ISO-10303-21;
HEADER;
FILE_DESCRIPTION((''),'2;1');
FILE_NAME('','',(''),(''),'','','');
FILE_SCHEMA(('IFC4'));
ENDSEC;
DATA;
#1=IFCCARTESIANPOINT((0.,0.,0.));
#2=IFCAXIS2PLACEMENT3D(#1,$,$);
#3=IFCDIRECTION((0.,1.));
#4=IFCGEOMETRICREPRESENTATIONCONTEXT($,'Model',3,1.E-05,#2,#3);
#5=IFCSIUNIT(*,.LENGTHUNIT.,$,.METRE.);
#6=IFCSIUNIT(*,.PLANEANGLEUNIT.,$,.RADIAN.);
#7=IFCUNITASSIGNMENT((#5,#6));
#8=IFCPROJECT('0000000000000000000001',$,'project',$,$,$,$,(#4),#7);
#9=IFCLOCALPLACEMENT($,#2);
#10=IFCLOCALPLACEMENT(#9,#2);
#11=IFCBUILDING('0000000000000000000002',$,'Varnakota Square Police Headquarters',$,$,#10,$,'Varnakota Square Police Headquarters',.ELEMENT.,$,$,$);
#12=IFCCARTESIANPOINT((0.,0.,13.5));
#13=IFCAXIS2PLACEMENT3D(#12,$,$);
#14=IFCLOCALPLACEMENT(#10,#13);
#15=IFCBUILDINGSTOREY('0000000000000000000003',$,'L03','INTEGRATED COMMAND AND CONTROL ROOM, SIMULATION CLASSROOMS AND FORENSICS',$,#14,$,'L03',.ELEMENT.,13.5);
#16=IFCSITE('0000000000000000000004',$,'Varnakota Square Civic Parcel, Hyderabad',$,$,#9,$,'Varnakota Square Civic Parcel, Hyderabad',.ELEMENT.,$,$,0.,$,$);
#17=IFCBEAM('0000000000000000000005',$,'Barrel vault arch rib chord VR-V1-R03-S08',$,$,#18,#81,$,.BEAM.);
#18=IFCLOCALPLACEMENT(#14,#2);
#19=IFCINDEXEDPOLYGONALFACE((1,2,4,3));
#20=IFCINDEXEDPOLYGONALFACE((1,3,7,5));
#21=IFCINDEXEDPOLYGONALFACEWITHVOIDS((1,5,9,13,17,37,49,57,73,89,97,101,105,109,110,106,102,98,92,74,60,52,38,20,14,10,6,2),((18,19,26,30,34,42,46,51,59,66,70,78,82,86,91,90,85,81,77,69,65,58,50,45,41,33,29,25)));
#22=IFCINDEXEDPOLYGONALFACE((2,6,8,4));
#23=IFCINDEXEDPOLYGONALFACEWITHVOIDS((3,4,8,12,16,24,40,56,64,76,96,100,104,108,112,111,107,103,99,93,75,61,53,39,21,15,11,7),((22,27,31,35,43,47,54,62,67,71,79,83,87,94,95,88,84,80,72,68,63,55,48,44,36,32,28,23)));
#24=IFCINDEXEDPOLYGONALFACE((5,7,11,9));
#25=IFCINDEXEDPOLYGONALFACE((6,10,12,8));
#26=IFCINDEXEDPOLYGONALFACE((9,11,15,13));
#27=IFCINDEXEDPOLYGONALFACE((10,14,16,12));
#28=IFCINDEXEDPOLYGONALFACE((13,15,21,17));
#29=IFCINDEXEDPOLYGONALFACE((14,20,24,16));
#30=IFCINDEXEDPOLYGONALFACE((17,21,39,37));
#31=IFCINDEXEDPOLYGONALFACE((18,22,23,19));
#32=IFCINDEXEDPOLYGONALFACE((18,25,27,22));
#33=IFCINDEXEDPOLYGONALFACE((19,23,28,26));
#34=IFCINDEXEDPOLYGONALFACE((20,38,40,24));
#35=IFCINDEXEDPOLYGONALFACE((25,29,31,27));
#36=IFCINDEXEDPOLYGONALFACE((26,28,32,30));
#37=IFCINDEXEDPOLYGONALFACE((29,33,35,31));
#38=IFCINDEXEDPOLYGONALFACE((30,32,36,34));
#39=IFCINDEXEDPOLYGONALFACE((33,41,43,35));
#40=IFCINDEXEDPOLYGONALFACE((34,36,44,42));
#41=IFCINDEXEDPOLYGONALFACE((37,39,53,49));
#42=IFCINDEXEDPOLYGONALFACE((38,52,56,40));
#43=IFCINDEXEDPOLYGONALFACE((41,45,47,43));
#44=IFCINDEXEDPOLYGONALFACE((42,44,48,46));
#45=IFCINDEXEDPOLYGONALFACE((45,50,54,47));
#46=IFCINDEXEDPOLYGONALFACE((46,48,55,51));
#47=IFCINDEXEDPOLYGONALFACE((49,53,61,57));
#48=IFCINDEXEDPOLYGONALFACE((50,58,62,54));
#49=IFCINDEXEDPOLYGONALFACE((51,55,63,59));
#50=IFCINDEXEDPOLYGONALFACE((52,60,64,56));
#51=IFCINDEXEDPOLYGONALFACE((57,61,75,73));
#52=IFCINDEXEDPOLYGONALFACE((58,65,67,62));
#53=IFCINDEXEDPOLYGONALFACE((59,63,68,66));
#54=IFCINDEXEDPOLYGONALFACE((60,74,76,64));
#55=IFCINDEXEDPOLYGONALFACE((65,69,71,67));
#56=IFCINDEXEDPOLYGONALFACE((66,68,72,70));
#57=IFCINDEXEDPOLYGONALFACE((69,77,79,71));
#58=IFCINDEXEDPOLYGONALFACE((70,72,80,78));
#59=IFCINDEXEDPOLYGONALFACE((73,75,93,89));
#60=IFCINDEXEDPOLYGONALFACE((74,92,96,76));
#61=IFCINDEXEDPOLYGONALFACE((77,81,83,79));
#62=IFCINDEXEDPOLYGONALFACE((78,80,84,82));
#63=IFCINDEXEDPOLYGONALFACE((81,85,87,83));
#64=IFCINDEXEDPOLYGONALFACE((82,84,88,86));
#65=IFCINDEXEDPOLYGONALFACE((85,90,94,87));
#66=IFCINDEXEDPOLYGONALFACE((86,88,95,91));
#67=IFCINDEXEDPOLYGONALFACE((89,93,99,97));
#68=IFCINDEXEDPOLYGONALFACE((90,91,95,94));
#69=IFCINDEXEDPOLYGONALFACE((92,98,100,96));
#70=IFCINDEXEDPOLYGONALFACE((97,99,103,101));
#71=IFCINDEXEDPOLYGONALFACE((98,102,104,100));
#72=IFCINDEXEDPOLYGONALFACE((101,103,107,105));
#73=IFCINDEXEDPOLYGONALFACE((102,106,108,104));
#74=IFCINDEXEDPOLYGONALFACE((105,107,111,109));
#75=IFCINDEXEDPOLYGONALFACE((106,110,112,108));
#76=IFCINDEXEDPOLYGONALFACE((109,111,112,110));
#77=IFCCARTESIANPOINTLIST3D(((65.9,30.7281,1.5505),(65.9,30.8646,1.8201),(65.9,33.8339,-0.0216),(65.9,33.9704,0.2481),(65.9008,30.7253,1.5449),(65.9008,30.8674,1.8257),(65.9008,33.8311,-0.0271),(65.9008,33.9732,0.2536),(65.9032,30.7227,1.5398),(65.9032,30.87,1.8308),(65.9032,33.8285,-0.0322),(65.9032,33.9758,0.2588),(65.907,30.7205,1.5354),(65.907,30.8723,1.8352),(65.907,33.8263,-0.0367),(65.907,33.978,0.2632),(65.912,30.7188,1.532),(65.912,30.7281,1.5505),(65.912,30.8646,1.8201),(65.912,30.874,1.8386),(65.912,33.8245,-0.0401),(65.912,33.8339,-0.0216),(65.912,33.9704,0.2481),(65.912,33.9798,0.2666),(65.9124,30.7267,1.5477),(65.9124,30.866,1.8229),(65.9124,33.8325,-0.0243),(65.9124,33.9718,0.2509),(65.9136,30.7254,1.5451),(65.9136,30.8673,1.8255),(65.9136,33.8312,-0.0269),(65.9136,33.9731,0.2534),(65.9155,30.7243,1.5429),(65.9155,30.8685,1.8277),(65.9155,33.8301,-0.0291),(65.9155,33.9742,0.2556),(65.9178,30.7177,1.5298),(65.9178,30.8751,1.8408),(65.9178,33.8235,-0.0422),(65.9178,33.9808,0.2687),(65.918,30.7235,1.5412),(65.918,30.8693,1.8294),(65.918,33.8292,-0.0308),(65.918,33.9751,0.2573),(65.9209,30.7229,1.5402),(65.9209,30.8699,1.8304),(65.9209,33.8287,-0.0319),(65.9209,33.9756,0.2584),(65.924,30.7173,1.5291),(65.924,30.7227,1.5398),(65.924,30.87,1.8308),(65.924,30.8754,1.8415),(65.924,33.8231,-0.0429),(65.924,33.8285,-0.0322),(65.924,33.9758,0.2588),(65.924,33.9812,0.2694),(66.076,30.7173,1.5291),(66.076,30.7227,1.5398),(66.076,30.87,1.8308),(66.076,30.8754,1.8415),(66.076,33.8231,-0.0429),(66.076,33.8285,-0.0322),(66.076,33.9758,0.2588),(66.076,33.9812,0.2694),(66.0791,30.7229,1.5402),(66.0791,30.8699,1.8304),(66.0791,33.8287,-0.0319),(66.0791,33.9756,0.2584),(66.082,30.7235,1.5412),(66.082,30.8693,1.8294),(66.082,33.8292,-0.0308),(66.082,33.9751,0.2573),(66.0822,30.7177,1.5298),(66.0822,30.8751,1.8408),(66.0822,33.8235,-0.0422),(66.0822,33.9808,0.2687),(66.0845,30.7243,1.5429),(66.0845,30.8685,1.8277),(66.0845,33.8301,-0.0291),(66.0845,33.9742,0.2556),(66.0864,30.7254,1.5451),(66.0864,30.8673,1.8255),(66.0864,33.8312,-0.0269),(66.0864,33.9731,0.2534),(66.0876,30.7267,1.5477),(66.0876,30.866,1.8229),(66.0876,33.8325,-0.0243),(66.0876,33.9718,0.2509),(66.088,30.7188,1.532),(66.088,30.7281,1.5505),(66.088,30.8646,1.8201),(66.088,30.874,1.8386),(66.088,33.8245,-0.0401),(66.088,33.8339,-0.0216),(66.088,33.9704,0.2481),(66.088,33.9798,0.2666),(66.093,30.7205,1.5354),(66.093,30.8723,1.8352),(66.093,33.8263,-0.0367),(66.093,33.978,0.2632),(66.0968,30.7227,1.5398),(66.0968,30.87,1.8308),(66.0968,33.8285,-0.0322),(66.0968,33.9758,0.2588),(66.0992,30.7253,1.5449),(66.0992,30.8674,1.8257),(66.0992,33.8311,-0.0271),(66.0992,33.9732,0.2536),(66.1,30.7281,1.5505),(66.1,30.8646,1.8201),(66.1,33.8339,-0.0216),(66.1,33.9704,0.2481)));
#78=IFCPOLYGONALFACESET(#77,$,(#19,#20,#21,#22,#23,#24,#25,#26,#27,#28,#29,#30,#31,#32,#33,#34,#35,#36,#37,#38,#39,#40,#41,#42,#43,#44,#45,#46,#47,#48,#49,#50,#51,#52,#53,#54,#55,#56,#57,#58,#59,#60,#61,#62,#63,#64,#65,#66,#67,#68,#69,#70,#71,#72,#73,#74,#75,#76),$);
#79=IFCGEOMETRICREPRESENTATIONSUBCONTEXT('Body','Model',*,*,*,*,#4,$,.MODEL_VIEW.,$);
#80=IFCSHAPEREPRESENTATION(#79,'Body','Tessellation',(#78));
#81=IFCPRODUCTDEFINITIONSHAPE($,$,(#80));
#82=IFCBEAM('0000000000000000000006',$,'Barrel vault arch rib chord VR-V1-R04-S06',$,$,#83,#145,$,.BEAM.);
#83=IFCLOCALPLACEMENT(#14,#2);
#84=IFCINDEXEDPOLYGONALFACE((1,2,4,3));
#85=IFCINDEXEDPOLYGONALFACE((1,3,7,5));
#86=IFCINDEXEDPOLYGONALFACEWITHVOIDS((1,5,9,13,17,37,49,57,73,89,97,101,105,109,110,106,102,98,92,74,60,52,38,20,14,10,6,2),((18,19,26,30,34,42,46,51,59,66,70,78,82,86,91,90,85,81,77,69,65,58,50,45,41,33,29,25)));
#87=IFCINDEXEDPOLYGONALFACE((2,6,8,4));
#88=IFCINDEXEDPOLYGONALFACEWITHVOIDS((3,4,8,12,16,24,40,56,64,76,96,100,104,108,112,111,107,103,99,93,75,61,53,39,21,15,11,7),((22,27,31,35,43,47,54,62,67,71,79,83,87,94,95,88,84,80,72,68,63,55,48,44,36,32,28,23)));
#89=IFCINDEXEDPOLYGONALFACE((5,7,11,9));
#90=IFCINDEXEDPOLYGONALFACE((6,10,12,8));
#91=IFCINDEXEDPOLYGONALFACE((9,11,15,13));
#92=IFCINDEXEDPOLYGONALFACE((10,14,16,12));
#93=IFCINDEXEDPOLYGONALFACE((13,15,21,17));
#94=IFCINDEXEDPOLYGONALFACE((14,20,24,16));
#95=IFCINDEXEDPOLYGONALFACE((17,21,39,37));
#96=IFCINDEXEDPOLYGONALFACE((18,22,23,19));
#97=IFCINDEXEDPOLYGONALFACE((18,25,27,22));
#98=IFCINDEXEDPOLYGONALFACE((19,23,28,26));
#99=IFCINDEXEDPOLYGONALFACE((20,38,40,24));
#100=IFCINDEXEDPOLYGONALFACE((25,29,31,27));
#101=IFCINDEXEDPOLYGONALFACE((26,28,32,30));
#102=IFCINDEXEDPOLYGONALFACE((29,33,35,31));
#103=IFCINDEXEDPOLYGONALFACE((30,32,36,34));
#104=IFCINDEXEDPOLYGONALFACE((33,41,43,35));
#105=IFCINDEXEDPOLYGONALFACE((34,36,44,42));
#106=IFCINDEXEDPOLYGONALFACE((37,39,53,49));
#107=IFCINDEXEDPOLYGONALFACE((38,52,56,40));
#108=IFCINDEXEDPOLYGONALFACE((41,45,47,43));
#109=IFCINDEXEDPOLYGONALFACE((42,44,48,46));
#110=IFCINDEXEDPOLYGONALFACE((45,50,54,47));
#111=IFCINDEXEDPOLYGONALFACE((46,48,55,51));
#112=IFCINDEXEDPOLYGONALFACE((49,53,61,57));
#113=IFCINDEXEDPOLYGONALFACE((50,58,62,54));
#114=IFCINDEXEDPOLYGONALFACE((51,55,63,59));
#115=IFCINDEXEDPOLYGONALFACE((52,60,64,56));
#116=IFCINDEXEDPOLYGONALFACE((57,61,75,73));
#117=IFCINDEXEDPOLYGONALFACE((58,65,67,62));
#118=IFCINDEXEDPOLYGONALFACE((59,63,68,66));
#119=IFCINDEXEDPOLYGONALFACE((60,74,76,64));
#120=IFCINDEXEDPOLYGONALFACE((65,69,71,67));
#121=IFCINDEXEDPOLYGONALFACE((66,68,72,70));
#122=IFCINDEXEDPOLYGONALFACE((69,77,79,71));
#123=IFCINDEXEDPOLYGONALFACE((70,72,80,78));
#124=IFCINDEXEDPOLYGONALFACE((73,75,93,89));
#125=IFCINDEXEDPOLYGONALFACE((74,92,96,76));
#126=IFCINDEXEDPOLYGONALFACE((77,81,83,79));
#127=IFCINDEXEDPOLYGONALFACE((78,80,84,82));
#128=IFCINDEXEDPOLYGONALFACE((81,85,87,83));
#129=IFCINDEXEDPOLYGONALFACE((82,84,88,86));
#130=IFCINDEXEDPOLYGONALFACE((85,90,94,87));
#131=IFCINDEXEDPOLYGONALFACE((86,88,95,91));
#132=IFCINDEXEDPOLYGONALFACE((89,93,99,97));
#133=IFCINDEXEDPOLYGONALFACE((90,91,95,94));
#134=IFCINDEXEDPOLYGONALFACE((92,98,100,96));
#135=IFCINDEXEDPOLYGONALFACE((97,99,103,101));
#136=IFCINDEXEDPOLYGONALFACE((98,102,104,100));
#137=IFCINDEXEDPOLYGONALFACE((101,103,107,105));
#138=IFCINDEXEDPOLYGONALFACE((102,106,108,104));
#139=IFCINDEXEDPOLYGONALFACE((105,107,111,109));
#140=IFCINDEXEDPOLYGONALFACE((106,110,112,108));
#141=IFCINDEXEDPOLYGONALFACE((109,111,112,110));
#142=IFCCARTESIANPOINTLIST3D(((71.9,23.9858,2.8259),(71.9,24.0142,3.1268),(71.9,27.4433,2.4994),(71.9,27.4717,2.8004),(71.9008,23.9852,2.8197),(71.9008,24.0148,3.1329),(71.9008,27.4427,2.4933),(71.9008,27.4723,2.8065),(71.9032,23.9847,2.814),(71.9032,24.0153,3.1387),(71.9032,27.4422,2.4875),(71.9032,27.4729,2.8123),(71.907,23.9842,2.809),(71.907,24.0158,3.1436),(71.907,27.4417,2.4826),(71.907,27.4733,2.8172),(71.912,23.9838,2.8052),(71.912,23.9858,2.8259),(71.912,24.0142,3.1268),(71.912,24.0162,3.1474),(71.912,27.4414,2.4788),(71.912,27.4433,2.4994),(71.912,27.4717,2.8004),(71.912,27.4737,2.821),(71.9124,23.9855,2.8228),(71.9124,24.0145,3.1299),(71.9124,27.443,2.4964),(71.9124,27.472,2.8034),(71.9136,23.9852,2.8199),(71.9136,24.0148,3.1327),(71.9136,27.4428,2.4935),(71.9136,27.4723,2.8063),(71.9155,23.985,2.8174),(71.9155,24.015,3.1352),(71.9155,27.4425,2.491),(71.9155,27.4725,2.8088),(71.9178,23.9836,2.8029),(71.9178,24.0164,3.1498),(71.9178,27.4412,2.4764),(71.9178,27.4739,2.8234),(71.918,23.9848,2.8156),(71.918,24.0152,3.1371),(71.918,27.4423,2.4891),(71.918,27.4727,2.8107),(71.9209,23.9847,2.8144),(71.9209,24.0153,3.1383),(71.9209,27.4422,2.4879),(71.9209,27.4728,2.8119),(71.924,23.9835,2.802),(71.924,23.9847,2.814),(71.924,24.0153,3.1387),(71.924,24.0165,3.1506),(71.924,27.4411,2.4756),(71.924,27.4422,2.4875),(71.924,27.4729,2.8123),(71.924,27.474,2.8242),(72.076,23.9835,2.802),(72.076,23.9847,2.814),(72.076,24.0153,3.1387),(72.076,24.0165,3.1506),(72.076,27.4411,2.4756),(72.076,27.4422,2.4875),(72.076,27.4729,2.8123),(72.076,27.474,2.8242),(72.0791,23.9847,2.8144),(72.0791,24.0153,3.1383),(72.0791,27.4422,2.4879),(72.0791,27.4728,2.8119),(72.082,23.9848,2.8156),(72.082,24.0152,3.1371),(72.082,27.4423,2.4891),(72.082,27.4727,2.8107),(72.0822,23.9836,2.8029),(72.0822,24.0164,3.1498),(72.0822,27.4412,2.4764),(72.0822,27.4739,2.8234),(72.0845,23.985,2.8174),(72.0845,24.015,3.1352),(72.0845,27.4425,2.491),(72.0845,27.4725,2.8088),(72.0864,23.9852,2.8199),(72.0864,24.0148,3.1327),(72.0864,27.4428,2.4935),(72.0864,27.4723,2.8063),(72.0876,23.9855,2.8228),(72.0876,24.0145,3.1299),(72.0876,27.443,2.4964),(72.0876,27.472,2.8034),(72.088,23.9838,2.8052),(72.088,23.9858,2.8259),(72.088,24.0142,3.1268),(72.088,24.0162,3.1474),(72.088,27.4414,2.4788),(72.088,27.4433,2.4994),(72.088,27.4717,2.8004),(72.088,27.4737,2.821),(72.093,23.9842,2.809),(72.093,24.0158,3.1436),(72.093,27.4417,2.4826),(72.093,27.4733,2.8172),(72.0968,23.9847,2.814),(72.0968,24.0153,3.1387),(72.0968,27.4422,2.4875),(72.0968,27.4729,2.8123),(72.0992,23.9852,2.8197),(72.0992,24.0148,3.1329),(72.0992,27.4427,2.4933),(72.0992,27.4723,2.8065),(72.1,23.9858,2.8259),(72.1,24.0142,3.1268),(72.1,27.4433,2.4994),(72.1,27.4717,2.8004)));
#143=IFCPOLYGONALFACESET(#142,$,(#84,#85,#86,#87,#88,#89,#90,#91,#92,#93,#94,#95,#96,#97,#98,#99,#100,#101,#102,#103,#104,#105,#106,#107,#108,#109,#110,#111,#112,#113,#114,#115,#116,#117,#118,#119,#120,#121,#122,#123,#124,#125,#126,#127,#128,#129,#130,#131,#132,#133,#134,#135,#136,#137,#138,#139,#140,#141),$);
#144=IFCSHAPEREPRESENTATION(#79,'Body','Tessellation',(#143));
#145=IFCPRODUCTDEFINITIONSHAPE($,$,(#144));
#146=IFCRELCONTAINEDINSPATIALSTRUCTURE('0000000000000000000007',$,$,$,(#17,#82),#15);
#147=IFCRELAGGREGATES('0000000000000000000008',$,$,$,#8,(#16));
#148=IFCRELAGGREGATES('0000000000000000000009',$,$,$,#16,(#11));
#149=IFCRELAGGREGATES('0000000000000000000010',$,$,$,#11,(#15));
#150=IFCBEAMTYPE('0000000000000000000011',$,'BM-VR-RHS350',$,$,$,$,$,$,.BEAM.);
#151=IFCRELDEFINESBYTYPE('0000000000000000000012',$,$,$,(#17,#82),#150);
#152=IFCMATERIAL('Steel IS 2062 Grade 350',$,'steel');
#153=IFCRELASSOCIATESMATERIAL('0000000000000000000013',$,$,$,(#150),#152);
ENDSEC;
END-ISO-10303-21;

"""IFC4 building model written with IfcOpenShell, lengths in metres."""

from ifc_helpers import new_model, si_unit, direction, frame, origin, origin_2d, place, context, subcontext, project, spatial, hollow_rectangle, extrude, material, material_profile, profile_set, type_object, element, save


model = new_model("IFC4")

# Units and contexts
model_context = context("Model", 3, precision=1e-05, world=origin(), true_north=direction((0.0, 1.0)))
body_context = subcontext(model_context, "Body", "Model", "MODEL_VIEW")
ifc_project = project(units=[si_unit("LENGTHUNIT", "METRE"), si_unit("PLANEANGLEUNIT", "RADIAN")], contexts=[model_context])

# Site, building, storey
site_placement = place(None, origin())
site = spatial("IfcSite", under=ifc_project, at=site_placement, Name="Varnakota Square Civic Parcel, Hyderabad", LongName="Varnakota Square Civic Parcel, Hyderabad", CompositionType="ELEMENT", RefElevation=0.0)
building_placement = place(site_placement, origin())
building = spatial("IfcBuilding", under=site, at=building_placement, Name="Varnakota Square Police Headquarters", LongName="Varnakota Square Police Headquarters", CompositionType="ELEMENT")
storey_placement = place(building_placement, frame((0.0, 0.0, 13.5)))
storey = spatial("IfcBuildingStorey", under=building, at=storey_placement, Name="L03", Description="INTEGRATED COMMAND AND CONTROL ROOM, SIMULATION CLASSROOMS AND FORENSICS", LongName="L03", CompositionType="ELEMENT", Elevation=13.5)

# Beams
ifc_material_1 = material(Name="Steel IS 2062 Grade 350", Category="steel")
ifc_material_profile_1 = material_profile(ifc_material_1, hollow_rectangle(XDim=0.2, YDim=0.3501, WallThickness=0.012, InnerFilletRadius=0.012, OuterFilletRadius=0.0239, at=origin_2d()), Name="RHS 350x200x12")
ifc_profile_set_1 = profile_set([ifc_material_profile_1], Name="Steel IS 2062 Grade 350")
beam_type = type_object("IfcBeamType", Name="BM-VR-RHS350", PredefinedType="BEAM", material=ifc_profile_set_1)
beam_1_placement = place(storey_placement, frame((66.0, 30.7964, 1.6853), z_axis=(0.0, 0.892214, -0.451613), x_axis=(-1.0, 0.0, 0.0)))
element("IfcBeam", 1, at=beam_1_placement, inside=storey, type_object=beam_type, Name="Barrel vault arch rib chord VR-V1-R03-S08", PredefinedType="BEAM", context=body_context, shape_type="SweptSolid", body=[
    extrude(hollow_rectangle(XDim=0.2, YDim=0.3501, WallThickness=0.012, InnerFilletRadius=0.012, OuterFilletRadius=0.0239, at=origin_2d()), origin(), (0.0, 0.0, 1.0), 3.481),
])
beam_2_placement = place(storey_placement, frame((72.0, 24.0, 2.9763), z_axis=(0.0, 0.995573, -0.09399), x_axis=(-1.0, 0.0, 0.0)))
element("IfcBeam", 2, at=beam_2_placement, inside=storey, type_object=beam_type, Name="Barrel vault arch rib chord VR-V1-R04-S06", PredefinedType="BEAM", context=body_context, shape_type="SweptSolid", body=[
    extrude(hollow_rectangle(XDim=0.2, YDim=0.3501, WallThickness=0.012, InnerFilletRadius=0.012, OuterFilletRadius=0.0239, at=origin_2d()), origin(), (0.0, 0.0, 1.0), 3.4729),
])

save(model, "model.ifc")
